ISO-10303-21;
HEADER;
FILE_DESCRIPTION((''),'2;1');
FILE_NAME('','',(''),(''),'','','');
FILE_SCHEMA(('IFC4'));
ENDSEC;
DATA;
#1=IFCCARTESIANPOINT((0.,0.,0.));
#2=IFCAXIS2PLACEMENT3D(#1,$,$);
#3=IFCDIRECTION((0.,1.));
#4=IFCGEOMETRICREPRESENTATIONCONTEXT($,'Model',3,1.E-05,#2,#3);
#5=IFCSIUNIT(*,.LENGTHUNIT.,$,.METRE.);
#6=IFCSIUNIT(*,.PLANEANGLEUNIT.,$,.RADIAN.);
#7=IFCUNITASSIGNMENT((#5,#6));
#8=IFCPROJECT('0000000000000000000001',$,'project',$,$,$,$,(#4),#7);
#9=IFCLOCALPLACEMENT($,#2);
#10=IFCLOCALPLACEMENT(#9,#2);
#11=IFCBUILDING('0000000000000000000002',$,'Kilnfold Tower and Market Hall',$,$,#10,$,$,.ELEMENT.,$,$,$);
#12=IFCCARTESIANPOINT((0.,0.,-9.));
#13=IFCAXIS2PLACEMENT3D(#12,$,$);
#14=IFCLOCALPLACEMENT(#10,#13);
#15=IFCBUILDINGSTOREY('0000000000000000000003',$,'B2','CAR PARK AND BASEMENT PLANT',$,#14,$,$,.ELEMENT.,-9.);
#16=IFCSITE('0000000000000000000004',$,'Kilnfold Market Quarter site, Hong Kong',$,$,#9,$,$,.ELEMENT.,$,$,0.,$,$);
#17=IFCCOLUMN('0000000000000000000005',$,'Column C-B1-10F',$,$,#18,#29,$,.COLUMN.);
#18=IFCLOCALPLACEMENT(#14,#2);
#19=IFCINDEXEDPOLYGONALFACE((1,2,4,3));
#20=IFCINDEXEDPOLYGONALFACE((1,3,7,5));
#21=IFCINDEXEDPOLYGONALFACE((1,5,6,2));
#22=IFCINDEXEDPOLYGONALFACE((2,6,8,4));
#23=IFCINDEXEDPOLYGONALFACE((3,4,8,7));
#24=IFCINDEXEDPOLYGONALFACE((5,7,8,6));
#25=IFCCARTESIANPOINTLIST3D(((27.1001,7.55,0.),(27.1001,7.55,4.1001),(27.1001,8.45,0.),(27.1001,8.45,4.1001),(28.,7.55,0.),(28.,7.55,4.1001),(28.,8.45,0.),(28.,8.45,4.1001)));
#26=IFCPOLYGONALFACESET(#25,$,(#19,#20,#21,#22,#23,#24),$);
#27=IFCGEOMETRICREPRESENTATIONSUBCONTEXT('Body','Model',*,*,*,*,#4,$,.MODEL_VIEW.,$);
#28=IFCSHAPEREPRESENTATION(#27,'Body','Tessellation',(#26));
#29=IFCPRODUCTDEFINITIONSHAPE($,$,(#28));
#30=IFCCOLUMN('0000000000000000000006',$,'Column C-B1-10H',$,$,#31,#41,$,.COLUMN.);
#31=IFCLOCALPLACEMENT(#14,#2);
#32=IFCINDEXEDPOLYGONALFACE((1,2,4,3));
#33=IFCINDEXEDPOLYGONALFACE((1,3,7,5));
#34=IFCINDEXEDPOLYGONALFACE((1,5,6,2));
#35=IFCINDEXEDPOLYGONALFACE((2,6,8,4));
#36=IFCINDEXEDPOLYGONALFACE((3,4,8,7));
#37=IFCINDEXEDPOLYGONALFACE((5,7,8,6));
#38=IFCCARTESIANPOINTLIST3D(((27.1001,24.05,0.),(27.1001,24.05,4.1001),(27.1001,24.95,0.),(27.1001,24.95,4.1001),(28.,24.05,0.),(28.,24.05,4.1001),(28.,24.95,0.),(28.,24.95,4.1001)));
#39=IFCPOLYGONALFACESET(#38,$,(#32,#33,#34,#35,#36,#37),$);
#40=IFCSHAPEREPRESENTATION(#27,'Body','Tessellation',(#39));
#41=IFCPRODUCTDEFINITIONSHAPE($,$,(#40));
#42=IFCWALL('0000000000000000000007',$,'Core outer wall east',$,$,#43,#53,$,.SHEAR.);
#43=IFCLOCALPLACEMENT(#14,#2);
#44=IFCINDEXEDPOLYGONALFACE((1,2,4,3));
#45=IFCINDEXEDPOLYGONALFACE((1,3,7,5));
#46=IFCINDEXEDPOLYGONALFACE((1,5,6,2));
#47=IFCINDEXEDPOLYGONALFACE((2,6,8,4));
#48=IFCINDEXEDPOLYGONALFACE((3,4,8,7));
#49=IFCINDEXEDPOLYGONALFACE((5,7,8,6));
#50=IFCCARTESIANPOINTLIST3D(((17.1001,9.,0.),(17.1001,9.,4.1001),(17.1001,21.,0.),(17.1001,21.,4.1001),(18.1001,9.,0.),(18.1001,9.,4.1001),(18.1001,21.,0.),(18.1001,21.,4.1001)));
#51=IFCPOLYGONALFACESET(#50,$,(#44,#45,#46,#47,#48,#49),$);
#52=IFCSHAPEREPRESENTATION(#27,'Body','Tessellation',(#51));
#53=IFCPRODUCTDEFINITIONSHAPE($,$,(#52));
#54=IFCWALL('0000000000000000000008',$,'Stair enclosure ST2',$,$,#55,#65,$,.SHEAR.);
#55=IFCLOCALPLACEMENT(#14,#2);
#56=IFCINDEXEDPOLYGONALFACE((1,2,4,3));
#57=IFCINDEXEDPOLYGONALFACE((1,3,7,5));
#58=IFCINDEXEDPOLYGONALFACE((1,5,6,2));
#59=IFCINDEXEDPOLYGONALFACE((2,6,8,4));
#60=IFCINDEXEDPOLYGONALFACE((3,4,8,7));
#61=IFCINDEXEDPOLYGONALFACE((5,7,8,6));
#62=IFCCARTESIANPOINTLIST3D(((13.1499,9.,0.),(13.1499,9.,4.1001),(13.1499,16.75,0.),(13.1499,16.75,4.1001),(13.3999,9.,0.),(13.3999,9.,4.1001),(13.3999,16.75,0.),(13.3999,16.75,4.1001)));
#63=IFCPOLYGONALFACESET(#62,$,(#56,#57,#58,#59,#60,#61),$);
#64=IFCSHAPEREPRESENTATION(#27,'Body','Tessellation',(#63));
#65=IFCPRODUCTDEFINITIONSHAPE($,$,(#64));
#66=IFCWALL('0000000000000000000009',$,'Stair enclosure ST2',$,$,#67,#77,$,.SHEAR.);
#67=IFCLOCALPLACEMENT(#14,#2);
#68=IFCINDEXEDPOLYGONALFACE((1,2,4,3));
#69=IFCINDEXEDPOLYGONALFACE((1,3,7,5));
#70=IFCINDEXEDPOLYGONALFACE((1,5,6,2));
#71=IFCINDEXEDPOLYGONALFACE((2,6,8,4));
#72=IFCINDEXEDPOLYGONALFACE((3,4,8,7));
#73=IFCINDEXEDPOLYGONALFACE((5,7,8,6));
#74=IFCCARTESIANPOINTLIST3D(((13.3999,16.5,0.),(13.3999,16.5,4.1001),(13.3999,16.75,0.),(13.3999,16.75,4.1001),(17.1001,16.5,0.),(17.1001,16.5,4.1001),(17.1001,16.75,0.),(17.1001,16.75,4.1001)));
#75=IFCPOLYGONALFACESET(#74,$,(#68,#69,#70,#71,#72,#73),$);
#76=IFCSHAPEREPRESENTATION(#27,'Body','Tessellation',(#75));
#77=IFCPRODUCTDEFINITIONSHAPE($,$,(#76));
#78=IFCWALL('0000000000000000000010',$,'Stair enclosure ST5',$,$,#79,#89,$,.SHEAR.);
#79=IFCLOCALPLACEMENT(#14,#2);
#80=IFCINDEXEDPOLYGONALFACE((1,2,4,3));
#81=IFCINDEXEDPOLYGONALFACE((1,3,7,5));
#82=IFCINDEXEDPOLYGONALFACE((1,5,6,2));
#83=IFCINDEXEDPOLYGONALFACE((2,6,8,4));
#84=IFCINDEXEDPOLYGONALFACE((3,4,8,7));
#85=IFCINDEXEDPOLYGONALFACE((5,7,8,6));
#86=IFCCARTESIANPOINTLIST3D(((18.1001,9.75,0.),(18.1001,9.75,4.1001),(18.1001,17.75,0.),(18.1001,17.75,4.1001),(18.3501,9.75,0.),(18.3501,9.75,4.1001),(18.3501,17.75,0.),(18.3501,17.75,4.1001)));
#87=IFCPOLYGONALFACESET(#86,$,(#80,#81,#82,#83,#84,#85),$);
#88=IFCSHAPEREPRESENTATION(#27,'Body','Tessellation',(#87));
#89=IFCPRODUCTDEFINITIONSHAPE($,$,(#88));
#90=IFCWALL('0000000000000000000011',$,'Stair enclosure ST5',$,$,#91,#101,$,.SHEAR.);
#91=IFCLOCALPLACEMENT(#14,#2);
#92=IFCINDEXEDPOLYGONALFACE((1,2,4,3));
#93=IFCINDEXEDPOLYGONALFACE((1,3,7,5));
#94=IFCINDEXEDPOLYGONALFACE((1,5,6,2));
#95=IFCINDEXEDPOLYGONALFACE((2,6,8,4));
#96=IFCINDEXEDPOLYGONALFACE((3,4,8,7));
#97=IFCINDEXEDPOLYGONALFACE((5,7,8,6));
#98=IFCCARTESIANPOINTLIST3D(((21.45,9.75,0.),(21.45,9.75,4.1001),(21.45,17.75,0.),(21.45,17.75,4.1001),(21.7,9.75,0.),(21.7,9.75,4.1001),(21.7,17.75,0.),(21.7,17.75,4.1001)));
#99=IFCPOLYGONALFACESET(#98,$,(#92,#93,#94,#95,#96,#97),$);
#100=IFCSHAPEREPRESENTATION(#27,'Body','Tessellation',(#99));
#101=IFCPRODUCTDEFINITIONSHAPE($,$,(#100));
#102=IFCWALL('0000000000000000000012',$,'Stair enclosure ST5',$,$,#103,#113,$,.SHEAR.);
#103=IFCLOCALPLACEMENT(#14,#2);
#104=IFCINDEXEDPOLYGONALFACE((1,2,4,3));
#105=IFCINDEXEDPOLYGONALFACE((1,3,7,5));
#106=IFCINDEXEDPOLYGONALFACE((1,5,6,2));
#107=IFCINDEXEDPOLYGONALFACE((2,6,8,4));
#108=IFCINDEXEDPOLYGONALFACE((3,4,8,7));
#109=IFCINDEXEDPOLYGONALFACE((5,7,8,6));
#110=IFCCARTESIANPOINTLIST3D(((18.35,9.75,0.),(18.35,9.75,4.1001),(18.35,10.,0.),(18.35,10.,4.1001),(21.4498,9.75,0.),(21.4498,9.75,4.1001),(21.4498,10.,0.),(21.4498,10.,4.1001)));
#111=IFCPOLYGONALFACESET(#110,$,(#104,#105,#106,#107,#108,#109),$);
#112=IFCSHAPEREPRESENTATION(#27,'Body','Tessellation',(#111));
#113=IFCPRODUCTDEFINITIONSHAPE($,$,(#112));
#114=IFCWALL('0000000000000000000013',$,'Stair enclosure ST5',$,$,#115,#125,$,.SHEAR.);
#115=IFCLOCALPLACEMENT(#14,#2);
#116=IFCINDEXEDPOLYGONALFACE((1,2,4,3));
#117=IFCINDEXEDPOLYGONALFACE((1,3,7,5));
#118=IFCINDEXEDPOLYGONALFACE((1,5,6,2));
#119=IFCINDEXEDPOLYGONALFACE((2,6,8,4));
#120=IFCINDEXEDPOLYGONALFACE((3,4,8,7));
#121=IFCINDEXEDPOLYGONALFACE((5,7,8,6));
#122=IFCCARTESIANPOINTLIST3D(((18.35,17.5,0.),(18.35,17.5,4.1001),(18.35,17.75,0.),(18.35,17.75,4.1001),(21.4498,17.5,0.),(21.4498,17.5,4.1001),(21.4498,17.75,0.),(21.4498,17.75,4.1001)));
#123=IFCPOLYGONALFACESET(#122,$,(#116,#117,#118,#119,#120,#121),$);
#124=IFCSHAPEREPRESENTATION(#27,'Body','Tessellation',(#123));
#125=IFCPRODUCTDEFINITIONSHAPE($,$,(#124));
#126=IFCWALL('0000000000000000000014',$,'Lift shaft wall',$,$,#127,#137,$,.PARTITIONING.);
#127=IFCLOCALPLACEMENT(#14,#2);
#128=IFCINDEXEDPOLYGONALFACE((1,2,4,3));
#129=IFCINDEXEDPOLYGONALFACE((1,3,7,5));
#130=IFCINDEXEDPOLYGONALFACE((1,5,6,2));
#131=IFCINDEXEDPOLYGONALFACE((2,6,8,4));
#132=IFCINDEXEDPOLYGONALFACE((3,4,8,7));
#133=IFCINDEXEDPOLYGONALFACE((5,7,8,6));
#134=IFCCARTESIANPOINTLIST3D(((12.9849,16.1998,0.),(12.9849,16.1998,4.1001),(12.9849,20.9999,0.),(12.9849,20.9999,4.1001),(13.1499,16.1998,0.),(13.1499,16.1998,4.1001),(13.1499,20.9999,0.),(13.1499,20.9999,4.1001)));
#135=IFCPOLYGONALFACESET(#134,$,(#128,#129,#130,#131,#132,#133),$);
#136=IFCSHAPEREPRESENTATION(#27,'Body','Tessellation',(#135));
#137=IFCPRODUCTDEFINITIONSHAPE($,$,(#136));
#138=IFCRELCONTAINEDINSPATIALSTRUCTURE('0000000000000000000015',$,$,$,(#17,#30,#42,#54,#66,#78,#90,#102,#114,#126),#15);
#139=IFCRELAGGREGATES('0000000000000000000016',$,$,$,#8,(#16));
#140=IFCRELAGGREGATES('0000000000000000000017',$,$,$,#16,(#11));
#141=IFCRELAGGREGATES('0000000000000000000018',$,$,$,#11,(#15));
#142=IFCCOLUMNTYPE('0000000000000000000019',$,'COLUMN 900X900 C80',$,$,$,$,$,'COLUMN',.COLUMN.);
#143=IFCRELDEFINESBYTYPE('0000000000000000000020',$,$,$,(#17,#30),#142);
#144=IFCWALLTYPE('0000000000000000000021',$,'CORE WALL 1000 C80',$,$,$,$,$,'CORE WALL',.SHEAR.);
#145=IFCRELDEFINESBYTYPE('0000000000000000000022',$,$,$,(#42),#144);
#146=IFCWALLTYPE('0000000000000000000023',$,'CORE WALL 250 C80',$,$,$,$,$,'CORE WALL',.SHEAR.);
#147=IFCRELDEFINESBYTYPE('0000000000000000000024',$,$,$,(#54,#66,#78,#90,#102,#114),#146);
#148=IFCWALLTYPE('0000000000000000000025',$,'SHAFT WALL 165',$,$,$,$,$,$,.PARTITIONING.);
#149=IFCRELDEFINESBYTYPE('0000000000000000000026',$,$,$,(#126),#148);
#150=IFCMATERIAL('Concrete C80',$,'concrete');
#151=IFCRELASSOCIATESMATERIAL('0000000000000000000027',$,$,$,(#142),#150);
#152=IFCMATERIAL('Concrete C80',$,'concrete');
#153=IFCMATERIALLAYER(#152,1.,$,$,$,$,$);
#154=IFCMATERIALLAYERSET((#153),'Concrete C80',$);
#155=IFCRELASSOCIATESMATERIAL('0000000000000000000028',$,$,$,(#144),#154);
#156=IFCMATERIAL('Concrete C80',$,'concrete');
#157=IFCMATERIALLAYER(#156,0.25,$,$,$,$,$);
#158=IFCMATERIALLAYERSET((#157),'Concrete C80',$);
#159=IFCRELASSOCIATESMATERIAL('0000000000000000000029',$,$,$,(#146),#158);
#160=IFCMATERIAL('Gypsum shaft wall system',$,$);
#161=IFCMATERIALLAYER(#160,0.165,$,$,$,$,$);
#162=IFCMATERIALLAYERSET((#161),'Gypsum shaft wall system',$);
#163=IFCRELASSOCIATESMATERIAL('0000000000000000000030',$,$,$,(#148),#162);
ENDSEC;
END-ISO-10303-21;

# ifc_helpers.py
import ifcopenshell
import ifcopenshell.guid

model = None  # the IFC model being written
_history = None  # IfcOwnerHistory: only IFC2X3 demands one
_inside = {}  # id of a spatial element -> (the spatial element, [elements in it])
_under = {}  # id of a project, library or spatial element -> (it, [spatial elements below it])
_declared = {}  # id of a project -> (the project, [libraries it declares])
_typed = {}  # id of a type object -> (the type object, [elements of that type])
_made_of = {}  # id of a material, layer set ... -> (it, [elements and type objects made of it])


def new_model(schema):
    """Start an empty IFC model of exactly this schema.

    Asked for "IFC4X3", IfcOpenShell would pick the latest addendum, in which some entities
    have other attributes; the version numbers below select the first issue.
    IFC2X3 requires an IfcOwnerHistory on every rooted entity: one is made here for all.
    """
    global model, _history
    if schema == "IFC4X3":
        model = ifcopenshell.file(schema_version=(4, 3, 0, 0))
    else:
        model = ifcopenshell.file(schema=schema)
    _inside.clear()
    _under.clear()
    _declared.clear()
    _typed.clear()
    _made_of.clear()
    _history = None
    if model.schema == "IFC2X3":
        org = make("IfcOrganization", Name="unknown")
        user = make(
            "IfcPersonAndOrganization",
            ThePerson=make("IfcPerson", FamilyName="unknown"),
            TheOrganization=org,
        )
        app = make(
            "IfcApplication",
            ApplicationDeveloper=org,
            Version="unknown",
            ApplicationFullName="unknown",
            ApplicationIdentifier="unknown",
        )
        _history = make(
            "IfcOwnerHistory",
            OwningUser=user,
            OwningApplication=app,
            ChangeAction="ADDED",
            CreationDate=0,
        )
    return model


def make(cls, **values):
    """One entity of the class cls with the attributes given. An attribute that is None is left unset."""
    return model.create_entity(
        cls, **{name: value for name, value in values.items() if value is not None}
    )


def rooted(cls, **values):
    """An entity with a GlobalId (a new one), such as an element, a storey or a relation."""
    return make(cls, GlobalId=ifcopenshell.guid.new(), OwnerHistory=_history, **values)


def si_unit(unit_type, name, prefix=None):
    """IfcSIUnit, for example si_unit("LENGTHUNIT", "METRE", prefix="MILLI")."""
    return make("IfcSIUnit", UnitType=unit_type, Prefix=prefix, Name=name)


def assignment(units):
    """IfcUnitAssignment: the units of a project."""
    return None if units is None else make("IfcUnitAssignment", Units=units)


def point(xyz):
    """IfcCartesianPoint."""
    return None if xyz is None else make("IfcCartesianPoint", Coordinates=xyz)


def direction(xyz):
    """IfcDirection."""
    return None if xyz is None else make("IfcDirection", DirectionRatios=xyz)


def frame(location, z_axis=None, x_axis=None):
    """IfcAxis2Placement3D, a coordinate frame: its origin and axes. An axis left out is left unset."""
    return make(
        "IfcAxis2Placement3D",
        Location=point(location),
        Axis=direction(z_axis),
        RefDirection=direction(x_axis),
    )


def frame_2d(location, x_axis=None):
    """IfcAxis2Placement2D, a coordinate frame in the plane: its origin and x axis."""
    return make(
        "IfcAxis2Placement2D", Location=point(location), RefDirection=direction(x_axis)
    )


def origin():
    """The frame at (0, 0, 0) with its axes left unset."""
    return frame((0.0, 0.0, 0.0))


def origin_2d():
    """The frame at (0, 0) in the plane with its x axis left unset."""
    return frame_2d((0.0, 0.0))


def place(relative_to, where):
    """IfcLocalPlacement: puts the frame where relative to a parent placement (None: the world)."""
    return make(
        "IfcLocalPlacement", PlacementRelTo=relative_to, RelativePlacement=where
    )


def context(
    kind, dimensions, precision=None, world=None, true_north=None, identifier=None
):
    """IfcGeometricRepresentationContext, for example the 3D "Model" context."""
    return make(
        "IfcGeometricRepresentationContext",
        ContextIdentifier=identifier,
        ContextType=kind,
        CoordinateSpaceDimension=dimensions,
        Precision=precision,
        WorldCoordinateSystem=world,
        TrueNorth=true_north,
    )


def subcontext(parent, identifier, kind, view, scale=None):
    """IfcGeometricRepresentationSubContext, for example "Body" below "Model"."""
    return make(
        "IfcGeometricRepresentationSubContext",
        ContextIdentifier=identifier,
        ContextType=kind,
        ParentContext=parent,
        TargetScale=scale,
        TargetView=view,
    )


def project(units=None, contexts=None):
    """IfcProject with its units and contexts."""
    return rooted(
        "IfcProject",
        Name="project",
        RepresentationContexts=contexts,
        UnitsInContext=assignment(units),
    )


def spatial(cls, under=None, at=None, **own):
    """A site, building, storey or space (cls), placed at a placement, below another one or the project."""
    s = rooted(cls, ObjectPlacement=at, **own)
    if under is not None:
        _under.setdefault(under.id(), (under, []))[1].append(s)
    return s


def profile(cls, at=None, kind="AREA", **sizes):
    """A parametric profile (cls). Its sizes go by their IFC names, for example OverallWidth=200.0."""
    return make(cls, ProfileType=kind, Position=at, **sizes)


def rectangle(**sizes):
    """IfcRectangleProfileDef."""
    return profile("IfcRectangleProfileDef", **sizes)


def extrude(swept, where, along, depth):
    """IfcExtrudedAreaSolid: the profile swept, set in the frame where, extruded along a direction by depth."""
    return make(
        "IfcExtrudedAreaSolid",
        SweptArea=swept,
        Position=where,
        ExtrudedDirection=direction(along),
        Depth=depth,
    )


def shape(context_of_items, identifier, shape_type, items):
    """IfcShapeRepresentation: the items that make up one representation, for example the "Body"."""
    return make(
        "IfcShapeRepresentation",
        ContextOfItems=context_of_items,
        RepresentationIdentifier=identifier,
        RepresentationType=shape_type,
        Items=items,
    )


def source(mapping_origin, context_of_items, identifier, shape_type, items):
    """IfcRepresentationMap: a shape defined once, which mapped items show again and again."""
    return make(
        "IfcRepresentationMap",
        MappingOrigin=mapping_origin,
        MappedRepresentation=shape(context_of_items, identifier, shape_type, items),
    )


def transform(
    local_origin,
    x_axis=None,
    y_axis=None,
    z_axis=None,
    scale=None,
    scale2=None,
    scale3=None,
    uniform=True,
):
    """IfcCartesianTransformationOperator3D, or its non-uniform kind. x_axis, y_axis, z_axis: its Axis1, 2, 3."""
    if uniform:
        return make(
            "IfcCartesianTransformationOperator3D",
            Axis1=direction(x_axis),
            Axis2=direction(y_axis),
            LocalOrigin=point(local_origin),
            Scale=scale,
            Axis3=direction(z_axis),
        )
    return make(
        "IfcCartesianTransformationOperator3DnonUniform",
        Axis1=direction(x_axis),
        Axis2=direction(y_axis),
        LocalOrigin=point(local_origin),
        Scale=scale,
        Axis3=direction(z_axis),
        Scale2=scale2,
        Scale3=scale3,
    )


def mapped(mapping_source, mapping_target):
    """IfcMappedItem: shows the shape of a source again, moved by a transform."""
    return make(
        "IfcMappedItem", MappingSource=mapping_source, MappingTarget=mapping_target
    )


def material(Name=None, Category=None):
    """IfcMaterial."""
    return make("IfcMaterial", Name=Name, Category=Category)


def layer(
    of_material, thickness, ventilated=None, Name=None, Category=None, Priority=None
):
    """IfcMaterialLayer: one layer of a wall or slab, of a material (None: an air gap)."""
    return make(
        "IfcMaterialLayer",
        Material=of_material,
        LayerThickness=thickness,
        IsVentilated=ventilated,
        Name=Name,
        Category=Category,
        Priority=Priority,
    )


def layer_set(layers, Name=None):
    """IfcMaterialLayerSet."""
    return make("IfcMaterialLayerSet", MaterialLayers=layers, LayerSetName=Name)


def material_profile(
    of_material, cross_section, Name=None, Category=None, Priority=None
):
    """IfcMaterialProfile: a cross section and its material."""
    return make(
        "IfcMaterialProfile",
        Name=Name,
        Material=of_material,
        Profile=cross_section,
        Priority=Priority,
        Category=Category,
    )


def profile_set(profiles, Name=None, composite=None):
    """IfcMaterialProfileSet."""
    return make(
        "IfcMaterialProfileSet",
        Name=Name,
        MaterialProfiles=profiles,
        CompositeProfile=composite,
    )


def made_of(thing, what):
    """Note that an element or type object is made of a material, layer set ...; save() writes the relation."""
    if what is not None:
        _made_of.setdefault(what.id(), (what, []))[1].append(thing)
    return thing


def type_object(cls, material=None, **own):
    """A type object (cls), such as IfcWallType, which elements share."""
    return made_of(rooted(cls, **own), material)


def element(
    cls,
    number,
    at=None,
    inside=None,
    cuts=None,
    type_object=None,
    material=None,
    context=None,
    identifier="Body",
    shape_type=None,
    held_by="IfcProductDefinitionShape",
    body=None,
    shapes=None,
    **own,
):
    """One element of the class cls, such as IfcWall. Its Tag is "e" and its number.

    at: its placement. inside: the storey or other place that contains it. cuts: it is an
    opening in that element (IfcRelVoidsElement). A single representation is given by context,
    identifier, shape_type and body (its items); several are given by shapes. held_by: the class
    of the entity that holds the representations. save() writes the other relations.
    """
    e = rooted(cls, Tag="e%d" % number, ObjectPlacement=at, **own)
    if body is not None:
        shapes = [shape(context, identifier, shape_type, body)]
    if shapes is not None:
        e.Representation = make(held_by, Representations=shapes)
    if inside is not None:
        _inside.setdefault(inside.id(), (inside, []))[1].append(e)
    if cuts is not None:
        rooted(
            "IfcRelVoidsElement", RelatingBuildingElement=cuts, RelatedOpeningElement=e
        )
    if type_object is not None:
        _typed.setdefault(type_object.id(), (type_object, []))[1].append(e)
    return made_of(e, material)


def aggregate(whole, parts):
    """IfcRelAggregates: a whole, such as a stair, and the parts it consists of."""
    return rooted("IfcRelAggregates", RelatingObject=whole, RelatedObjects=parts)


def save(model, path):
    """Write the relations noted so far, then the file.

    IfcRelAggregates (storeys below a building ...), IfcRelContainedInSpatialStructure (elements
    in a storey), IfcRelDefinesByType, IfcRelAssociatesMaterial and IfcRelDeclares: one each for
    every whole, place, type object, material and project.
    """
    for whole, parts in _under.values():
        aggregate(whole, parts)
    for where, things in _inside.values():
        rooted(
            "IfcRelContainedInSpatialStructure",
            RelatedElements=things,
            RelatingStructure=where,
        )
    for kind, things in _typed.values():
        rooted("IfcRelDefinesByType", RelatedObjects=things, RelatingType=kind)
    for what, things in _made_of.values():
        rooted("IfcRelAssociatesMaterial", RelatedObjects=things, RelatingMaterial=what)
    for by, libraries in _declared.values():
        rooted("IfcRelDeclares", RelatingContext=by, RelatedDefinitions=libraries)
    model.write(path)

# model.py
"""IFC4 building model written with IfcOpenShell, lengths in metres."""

from ifc_helpers import new_model, si_unit, direction, frame, frame_2d, origin, origin_2d, place, context, subcontext, project, spatial, rectangle, extrude, source, transform, mapped, material, layer, layer_set, material_profile, profile_set, type_object, element, save


model = new_model("IFC4")

# Units and contexts
model_context = context("Model", 3, precision=1e-05, world=origin(), true_north=direction((0.0, 1.0)))
body_context = subcontext(model_context, "Body", "Model", "MODEL_VIEW")
ifc_project = project(units=[si_unit("LENGTHUNIT", "METRE"), si_unit("PLANEANGLEUNIT", "RADIAN")], contexts=[model_context])

# Site, building, storey
site_placement = place(None, origin())
site = spatial("IfcSite", under=ifc_project, at=site_placement, Name="Kilnfold Market Quarter site, Hong Kong", CompositionType="ELEMENT", RefElevation=0.0)
building_placement = place(site_placement, origin())
building = spatial("IfcBuilding", under=site, at=building_placement, Name="Kilnfold Tower and Market Hall", CompositionType="ELEMENT")
storey_placement = place(building_placement, frame((0.0, 0.0, -9.0)))
storey = spatial("IfcBuildingStorey", under=building, at=storey_placement, Name="B2", Description="CAR PARK AND BASEMENT PLANT", CompositionType="ELEMENT", Elevation=-9.0)

# Columns
ifc_material_1 = material(Name="Concrete C80", Category="concrete")
ifc_material_profile_1 = material_profile(ifc_material_1, rectangle(XDim=0.8999, YDim=0.8999, at=origin_2d()), Name="RC 900x900")
ifc_profile_set_1 = profile_set([ifc_material_profile_1], Name="Concrete C80")
column_type = type_object("IfcColumnType", Name="COLUMN 900X900 C80", ElementType="COLUMN", PredefinedType="COLUMN", material=ifc_profile_set_1)
shared_shape_1 = source(origin(), body_context, "Body", "SweptSolid", [
    extrude(rectangle(XDim=0.8999, YDim=0.8999, at=origin_2d()), origin(), (0.0, 0.0, 1.0), 4.1001),
])
for number, where, z_axis, x_axis, name in (
    (1, (27.55, 8.0, 0.0), (0.0, 0.0, 1.0), (1.0, 0.0, 0.0), "Column C-B1-10F"),
    (2, (27.55, 24.5, 0.0), (0.0, 0.0, 1.0), (1.0, 0.0, 0.0), "Column C-B1-10H"),
):
    element("IfcColumn", number, at=place(storey_placement, frame(where, z_axis=z_axis, x_axis=x_axis)), inside=storey, type_object=column_type, Name=name, PredefinedType="COLUMN", context=body_context, shape_type="MappedRepresentation", body=[
        mapped(shared_shape_1, transform((0.0, 0.0, 0.0))),
    ])

# Walls
ifc_material_2 = material(Name="Concrete C80", Category="concrete")
ifc_layer_1 = layer(ifc_material_2, 1.0)
ifc_layer_set_1 = layer_set([ifc_layer_1], Name="Concrete C80")
wall_type_1 = type_object("IfcWallType", Name="CORE WALL 1000 C80", ElementType="CORE WALL", PredefinedType="SHEAR", material=ifc_layer_set_1)
shared_shape_2 = source(origin(), body_context, "Body", "SweptSolid", [
    extrude(rectangle(XDim=12.0, YDim=1.0, at=frame_2d((6.0, 0.0))), origin(), (0.0, 0.0, 1.0), 4.1001),
])
wall_1_placement = place(storey_placement, frame((17.6001, 9.0, 0.0), z_axis=(0.0, 0.0, 1.0), x_axis=(0.0, 1.0, 0.0)))
element("IfcWall", 3, at=wall_1_placement, inside=storey, type_object=wall_type_1, Name="Core outer wall east", PredefinedType="SHEAR", context=body_context, shape_type="MappedRepresentation", body=[
    mapped(shared_shape_2, transform((0.0, 0.0, 0.0))),
])
ifc_material_3 = material(Name="Concrete C80", Category="concrete")
ifc_layer_2 = layer(ifc_material_3, 0.25)
ifc_layer_set_2 = layer_set([ifc_layer_2], Name="Concrete C80")
wall_type_2 = type_object("IfcWallType", Name="CORE WALL 250 C80", ElementType="CORE WALL", PredefinedType="SHEAR", material=ifc_layer_set_2)
shared_shape_3 = source(origin(), body_context, "Body", "SweptSolid", [
    extrude(rectangle(XDim=7.75, YDim=0.25, at=frame_2d((3.875, 0.0))), origin(), (0.0, 0.0, 1.0), 4.1001),
])
wall_2_placement = place(storey_placement, frame((13.2749, 9.0, 0.0), z_axis=(0.0, 0.0, 1.0), x_axis=(0.0, 1.0, 0.0)))
element("IfcWall", 4, at=wall_2_placement, inside=storey, type_object=wall_type_2, Name="Stair enclosure ST2", PredefinedType="SHEAR", context=body_context, shape_type="MappedRepresentation", body=[
    mapped(shared_shape_3, transform((0.0, 0.0, 0.0))),
])
shared_shape_4 = source(origin(), body_context, "Body", "SweptSolid", [
    extrude(rectangle(XDim=3.7002, YDim=0.25, at=frame_2d((1.8501, 0.0))), origin(), (0.0, 0.0, 1.0), 4.1001),
])
wall_3_placement = place(storey_placement, frame((13.3999, 16.625, 0.0), z_axis=(0.0, 0.0, 1.0), x_axis=(1.0, 0.0, 0.0)))
element("IfcWall", 5, at=wall_3_placement, inside=storey, type_object=wall_type_2, Name="Stair enclosure ST2", PredefinedType="SHEAR", context=body_context, shape_type="MappedRepresentation", body=[
    mapped(shared_shape_4, transform((0.0, 0.0, 0.0))),
])
shared_shape_5 = source(origin(), body_context, "Body", "SweptSolid", [
    extrude(rectangle(XDim=8.0, YDim=0.25, at=frame_2d((4.0, 0.0))), origin(), (0.0, 0.0, 1.0), 4.1001),
])
for number, where, z_axis, x_axis, name in (
    (6, (18.2251, 9.75, 0.0), (0.0, 0.0, 1.0), (0.0, 1.0, 0.0), "Stair enclosure ST5"),
    (7, (21.575, 9.75, 0.0), (0.0, 0.0, 1.0), (0.0, 1.0, 0.0), "Stair enclosure ST5"),
):
    element("IfcWall", number, at=place(storey_placement, frame(where, z_axis=z_axis, x_axis=x_axis)), inside=storey, type_object=wall_type_2, Name=name, PredefinedType="SHEAR", context=body_context, shape_type="MappedRepresentation", body=[
        mapped(shared_shape_5, transform((0.0, 0.0, 0.0))),
    ])
shared_shape_6 = source(origin(), body_context, "Body", "SweptSolid", [
    extrude(rectangle(XDim=3.0999, YDim=0.25, at=frame_2d((1.5498, 0.0))), origin(), (0.0, 0.0, 1.0), 4.1001),
])
for number, where, z_axis, x_axis, name in (
    (8, (18.3501, 9.875, 0.0), (0.0, 0.0, 1.0), (1.0, 0.0, 0.0), "Stair enclosure ST5"),
    (9, (18.3501, 17.625, 0.0), (0.0, 0.0, 1.0), (1.0, 0.0, 0.0), "Stair enclosure ST5"),
):
    element("IfcWall", number, at=place(storey_placement, frame(where, z_axis=z_axis, x_axis=x_axis)), inside=storey, type_object=wall_type_2, Name=name, PredefinedType="SHEAR", context=body_context, shape_type="MappedRepresentation", body=[
        mapped(shared_shape_6, transform((0.0, 0.0, 0.0))),
    ])
ifc_material_4 = material(Name="Gypsum shaft wall system")
ifc_layer_3 = layer(ifc_material_4, 0.165)
ifc_layer_set_3 = layer_set([ifc_layer_3], Name="Gypsum shaft wall system")
wall_type_3 = type_object("IfcWallType", Name="SHAFT WALL 165", PredefinedType="PARTITIONING", material=ifc_layer_set_3)
shared_shape_7 = source(origin(), body_context, "Body", "SweptSolid", [
    extrude(rectangle(XDim=4.8, YDim=0.165, at=frame_2d((2.3999, 0.0))), origin(), (0.0, 0.0, 1.0), 4.1001),
])
wall_4_placement = place(storey_placement, frame((13.0674, 16.2, 0.0), z_axis=(0.0, 0.0, 1.0), x_axis=(0.0, 1.0, 0.0)))
element("IfcWall", 10, at=wall_4_placement, inside=storey, type_object=wall_type_3, Name="Lift shaft wall", PredefinedType="PARTITIONING", context=body_context, shape_type="MappedRepresentation", body=[
    mapped(shared_shape_7, transform((0.0, 0.0, 0.0))),
])

save(model, "model.ifc")
